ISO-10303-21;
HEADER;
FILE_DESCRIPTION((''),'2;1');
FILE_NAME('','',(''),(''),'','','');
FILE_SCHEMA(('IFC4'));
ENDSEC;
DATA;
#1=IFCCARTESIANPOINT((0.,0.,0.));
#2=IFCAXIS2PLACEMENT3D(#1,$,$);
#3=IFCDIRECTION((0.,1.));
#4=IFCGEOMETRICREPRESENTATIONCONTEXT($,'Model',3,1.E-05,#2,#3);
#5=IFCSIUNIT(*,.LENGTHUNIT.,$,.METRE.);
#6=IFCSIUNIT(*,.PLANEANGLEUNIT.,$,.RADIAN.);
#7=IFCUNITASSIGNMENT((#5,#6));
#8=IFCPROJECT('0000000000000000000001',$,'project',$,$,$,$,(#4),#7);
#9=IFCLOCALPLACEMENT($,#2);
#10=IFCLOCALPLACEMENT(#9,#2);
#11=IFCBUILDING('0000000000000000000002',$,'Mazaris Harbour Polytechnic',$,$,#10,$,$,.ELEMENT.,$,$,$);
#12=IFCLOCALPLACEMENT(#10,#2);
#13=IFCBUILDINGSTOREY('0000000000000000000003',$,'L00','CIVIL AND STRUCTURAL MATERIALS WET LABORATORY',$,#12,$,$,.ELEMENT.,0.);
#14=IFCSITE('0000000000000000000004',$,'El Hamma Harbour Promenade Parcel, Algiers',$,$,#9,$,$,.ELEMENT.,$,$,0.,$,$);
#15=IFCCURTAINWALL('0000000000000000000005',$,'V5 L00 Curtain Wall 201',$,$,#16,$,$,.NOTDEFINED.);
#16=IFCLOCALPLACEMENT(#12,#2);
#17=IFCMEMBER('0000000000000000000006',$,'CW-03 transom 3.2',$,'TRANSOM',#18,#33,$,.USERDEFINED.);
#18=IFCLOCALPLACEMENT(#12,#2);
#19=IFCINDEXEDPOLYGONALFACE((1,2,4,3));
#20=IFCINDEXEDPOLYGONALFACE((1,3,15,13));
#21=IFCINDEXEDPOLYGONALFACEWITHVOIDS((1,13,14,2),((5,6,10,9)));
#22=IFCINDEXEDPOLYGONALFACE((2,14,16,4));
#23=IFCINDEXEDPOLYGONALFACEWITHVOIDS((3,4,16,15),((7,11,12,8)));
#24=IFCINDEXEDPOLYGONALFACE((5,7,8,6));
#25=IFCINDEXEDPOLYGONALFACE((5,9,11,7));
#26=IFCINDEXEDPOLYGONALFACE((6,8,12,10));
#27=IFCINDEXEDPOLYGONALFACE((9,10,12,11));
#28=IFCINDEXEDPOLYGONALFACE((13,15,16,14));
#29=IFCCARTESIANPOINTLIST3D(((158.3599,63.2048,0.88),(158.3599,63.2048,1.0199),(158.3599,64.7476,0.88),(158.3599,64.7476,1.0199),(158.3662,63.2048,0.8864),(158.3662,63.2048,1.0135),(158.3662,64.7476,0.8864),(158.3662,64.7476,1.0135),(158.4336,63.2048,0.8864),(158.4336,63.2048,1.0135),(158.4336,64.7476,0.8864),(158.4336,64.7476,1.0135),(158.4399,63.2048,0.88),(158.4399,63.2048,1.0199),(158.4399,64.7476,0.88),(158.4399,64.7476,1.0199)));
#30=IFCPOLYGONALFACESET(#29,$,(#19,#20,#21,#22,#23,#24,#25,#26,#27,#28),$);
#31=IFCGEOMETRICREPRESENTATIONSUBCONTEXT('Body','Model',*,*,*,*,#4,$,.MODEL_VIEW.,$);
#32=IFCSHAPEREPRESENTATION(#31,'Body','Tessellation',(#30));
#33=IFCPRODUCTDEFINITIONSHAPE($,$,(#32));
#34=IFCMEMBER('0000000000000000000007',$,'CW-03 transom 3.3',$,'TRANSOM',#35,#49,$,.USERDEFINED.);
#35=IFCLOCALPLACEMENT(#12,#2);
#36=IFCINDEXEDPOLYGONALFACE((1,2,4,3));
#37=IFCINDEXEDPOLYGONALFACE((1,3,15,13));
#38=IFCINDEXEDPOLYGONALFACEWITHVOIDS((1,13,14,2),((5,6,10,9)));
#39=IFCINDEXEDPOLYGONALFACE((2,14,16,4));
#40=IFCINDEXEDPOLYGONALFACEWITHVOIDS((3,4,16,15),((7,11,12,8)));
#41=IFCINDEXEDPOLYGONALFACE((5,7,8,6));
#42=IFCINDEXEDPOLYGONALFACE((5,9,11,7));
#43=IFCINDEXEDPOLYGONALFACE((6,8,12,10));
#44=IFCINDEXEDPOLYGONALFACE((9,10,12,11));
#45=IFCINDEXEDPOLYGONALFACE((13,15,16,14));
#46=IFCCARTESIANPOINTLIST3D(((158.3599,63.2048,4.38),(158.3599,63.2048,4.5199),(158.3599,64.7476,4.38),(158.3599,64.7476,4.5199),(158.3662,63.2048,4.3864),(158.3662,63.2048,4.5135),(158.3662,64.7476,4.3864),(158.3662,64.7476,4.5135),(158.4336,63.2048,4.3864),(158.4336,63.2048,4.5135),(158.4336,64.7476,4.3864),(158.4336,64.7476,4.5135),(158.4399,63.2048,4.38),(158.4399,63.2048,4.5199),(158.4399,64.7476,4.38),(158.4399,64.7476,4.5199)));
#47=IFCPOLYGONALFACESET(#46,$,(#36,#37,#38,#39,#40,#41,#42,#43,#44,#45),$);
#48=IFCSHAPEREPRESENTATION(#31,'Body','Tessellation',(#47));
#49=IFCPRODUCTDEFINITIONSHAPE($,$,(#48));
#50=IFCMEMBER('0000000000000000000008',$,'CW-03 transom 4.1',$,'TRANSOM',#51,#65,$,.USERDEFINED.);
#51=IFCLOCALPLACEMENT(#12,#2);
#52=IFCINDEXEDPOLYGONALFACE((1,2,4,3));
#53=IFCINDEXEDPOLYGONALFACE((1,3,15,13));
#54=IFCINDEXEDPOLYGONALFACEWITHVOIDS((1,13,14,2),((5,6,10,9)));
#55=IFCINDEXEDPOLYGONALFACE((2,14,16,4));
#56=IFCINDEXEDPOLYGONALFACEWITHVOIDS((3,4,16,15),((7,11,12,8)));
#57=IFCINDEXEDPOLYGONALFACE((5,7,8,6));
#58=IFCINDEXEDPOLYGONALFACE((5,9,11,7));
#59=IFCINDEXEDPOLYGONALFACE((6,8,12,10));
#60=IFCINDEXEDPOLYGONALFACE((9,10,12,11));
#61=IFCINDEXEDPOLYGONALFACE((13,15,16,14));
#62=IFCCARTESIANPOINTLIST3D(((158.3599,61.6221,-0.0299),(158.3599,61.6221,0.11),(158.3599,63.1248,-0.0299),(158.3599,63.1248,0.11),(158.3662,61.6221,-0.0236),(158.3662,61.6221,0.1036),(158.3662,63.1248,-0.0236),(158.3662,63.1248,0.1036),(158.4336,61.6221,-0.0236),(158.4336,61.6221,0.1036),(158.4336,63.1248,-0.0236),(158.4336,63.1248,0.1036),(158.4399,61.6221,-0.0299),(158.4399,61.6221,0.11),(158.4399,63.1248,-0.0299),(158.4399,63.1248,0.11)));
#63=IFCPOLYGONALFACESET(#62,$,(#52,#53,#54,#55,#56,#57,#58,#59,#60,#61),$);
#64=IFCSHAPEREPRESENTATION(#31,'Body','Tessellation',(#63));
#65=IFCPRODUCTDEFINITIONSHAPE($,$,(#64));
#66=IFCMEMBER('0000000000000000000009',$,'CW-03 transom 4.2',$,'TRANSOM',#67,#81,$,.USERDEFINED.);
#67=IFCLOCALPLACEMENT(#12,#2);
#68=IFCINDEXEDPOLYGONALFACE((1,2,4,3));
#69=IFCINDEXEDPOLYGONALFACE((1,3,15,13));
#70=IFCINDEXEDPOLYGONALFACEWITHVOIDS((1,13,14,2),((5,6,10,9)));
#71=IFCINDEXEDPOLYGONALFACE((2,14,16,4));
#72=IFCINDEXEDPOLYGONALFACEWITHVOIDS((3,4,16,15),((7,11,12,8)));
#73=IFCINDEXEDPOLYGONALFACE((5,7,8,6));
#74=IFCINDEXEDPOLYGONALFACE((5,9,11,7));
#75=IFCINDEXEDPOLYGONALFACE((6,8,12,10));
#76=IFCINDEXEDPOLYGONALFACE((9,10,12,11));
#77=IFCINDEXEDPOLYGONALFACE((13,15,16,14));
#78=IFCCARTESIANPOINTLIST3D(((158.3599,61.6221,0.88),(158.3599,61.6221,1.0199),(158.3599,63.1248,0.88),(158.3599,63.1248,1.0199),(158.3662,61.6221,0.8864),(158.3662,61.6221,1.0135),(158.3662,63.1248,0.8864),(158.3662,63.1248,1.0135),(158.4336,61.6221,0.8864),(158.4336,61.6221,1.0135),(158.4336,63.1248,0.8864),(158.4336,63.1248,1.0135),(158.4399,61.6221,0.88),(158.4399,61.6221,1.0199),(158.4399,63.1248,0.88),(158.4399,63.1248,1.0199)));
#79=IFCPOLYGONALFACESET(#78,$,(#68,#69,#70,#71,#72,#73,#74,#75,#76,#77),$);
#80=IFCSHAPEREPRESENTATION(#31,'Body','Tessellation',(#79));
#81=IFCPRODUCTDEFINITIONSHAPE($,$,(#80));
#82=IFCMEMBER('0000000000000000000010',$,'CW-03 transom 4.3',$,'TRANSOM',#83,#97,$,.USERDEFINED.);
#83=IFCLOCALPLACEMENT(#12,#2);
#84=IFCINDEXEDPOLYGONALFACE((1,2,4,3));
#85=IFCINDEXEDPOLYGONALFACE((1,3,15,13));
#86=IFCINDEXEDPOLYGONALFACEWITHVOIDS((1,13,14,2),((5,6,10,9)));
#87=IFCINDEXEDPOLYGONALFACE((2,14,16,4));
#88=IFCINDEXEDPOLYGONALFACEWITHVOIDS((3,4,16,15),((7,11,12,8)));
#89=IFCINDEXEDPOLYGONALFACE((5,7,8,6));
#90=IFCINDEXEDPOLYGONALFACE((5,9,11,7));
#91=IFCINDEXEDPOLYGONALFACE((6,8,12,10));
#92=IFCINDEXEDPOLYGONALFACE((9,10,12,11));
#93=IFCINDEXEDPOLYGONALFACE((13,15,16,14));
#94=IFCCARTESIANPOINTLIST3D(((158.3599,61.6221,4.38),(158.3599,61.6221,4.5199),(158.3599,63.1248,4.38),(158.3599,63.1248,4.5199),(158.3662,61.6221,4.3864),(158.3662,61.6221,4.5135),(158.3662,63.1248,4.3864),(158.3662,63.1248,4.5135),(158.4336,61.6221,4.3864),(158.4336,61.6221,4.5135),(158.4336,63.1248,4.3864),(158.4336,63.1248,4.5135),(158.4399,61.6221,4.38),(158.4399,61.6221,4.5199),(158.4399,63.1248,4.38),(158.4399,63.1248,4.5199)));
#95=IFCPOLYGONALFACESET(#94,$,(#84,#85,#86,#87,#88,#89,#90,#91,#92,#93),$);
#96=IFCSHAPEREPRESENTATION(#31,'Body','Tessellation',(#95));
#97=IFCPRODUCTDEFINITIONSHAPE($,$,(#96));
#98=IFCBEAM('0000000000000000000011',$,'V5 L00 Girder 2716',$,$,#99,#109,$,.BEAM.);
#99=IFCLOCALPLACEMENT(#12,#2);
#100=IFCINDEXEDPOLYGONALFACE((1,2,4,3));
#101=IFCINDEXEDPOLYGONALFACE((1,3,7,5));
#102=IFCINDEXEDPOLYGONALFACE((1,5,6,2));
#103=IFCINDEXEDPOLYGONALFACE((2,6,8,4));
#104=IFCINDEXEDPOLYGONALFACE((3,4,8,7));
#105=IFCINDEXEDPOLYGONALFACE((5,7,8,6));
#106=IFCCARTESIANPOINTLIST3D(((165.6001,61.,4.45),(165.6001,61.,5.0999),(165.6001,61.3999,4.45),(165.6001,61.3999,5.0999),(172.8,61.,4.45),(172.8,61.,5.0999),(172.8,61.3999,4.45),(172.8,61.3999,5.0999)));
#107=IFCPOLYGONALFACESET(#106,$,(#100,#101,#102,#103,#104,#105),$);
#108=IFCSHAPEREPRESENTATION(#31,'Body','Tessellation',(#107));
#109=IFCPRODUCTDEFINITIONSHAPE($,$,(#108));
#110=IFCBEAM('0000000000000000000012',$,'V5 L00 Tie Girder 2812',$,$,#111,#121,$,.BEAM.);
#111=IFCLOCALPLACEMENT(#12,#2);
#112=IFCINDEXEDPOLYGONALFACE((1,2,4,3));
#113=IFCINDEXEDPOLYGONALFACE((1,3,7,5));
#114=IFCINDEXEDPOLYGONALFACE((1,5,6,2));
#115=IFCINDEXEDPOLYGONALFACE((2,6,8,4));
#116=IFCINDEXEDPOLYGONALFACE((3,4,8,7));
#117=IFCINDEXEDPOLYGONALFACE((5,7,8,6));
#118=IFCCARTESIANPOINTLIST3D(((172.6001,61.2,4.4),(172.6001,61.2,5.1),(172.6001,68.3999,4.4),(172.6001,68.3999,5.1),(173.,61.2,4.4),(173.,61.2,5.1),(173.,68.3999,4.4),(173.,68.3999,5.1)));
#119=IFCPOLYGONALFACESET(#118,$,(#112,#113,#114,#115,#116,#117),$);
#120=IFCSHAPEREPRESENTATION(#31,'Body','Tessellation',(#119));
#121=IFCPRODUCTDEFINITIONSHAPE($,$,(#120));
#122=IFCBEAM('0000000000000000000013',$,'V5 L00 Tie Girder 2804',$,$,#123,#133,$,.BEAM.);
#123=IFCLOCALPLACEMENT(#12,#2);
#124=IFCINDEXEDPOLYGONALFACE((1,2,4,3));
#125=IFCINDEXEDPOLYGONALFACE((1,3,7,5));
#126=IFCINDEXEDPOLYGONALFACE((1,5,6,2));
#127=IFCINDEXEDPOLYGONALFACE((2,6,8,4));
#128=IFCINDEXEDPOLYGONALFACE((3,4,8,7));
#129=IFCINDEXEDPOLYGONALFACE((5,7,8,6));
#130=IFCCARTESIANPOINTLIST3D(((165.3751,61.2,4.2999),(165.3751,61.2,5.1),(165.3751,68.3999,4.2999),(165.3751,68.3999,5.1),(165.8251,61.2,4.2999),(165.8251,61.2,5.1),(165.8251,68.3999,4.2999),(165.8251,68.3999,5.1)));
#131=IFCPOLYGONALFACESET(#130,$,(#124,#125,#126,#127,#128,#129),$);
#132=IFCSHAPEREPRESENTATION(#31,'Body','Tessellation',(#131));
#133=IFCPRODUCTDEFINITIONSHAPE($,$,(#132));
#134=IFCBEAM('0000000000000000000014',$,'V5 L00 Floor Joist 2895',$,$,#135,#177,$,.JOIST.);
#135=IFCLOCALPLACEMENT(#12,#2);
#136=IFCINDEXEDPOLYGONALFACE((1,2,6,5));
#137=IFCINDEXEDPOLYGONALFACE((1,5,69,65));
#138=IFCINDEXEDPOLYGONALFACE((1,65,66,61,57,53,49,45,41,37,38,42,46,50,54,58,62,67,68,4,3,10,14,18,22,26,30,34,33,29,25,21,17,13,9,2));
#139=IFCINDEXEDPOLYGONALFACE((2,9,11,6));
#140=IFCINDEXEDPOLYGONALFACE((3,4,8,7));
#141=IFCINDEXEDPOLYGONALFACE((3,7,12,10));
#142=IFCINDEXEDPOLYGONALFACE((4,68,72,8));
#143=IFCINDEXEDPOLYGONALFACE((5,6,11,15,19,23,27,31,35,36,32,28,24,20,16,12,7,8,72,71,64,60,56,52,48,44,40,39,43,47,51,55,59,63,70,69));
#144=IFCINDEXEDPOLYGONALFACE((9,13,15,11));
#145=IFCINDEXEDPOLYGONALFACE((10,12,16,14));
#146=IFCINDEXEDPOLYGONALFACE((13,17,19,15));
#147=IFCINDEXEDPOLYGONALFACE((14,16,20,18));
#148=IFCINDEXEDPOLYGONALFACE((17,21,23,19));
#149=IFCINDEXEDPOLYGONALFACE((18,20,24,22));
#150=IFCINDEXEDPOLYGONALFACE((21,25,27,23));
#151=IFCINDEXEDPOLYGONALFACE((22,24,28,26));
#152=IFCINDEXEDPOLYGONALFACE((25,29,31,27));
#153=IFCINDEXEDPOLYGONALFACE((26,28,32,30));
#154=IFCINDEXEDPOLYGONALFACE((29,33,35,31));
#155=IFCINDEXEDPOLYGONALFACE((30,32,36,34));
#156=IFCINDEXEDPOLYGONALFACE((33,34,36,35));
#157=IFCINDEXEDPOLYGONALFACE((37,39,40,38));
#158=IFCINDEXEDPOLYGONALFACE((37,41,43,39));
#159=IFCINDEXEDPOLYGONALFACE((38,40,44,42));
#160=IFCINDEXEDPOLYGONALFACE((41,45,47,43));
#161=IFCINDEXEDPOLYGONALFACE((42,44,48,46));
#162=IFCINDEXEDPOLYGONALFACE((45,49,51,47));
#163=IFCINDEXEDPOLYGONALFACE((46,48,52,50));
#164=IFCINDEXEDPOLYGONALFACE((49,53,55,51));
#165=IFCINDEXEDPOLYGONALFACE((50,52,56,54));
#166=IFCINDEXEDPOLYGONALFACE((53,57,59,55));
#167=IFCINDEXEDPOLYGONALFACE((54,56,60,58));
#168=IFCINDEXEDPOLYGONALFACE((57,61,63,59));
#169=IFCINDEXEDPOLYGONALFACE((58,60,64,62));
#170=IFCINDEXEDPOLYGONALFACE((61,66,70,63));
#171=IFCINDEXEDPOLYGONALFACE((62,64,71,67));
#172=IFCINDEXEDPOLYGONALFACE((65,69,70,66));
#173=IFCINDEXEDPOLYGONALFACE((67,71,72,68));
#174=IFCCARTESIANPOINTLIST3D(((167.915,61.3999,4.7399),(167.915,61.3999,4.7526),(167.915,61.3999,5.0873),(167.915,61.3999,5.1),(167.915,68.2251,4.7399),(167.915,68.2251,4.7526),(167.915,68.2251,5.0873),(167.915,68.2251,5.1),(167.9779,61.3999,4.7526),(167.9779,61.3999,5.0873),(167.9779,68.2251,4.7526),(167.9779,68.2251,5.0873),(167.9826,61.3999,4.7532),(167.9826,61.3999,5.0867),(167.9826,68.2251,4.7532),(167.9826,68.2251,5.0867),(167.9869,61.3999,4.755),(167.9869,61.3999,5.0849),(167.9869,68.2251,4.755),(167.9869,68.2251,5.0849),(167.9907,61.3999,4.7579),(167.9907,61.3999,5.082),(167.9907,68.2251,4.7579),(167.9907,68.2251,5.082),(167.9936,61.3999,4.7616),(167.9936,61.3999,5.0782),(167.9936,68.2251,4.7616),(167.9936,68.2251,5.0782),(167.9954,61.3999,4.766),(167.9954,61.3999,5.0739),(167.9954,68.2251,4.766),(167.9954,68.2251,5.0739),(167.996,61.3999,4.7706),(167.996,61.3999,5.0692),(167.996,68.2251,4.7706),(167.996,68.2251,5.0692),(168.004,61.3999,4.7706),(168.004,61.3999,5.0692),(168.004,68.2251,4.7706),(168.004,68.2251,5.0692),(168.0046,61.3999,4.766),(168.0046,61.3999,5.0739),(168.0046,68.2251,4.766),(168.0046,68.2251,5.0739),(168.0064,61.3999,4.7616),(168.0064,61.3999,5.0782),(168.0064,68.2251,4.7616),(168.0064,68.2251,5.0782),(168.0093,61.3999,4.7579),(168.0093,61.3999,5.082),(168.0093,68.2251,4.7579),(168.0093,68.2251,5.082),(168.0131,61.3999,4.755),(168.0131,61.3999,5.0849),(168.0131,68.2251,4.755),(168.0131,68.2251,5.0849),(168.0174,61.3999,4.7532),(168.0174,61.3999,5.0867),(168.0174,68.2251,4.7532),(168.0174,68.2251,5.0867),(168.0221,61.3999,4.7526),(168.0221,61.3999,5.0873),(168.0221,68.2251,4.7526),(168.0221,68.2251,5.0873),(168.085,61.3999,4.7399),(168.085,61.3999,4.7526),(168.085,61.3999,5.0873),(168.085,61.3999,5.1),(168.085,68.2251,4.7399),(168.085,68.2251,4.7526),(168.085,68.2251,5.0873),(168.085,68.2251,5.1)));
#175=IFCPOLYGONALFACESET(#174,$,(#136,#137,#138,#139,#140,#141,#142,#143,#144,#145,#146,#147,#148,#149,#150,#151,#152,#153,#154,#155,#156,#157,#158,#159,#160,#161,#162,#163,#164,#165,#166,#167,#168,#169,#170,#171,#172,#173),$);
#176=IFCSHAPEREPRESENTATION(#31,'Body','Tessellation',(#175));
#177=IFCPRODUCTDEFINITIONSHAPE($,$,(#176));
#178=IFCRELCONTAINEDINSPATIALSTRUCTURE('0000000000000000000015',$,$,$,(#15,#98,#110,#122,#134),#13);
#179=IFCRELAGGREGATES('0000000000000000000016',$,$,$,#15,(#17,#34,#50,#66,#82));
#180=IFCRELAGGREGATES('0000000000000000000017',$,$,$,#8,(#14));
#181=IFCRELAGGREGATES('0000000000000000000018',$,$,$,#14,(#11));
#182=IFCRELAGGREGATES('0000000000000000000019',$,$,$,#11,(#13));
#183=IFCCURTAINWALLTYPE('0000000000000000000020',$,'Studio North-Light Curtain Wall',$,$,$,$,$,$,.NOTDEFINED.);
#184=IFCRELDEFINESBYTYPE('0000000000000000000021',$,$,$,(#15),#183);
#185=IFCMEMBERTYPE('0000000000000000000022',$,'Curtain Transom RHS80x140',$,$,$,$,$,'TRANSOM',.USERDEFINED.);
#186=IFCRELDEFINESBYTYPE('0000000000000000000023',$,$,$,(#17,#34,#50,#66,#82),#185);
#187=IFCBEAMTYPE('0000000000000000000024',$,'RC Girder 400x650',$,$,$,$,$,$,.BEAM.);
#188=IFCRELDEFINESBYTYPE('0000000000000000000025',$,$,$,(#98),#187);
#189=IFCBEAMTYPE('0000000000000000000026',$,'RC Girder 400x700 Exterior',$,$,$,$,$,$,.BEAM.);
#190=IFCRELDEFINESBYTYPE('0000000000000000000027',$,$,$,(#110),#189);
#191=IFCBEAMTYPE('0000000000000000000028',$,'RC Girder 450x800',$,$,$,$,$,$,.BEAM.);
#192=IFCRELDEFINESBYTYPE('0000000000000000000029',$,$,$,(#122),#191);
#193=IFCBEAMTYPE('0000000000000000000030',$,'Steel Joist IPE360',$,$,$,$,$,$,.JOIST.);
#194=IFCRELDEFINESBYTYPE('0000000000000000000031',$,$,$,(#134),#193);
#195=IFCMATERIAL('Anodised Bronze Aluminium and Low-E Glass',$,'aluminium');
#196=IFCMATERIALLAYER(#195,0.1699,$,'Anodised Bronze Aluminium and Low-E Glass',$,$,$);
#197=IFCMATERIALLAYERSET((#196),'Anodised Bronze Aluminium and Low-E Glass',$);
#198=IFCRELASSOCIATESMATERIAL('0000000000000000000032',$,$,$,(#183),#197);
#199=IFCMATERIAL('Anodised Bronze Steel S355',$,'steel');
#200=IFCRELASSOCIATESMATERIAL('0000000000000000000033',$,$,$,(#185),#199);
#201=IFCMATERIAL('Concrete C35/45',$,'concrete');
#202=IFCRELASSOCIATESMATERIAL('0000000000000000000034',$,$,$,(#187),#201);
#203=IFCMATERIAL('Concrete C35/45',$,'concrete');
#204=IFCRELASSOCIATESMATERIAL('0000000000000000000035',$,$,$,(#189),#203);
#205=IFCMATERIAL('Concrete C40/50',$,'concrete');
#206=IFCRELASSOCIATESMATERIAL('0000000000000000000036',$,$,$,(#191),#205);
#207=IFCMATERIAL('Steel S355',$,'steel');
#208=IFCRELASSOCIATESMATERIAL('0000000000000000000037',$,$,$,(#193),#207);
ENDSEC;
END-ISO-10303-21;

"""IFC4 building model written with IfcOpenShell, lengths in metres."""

from ifc_helpers import new_model, si_unit, direction, frame, origin, origin_2d, place, context, subcontext, project, spatial, rectangle, hollow_rectangle, i_section, extrude, material, layer, layer_set, material_profile, profile_set, type_object, element, aggregate, save


model = new_model("IFC4")

# Units and contexts
model_context = context("Model", 3, precision=1e-05, world=origin(), true_north=direction((0.0, 1.0)))
body_context = subcontext(model_context, "Body", "Model", "MODEL_VIEW")
ifc_project = project(units=[si_unit("LENGTHUNIT", "METRE"), si_unit("PLANEANGLEUNIT", "RADIAN")], contexts=[model_context])

# Site, building, storey
site_placement = place(None, origin())
site = spatial("IfcSite", under=ifc_project, at=site_placement, Name="El Hamma Harbour Promenade Parcel, Algiers", CompositionType="ELEMENT", RefElevation=0.0)
building_placement = place(site_placement, origin())
building = spatial("IfcBuilding", under=site, at=building_placement, Name="Mazaris Harbour Polytechnic", CompositionType="ELEMENT")
storey_placement = place(building_placement, origin())
storey = spatial("IfcBuildingStorey", under=building, at=storey_placement, Name="L00", Description="CIVIL AND STRUCTURAL MATERIALS WET LABORATORY", CompositionType="ELEMENT", Elevation=0.0)

# Curtain wall, members
ifc_material_1 = material(Name="Anodised Bronze Aluminium and Low-E Glass", Category="aluminium")
ifc_layer_1 = layer(ifc_material_1, 0.1699, Name="Anodised Bronze Aluminium and Low-E Glass")
ifc_layer_set_1 = layer_set([ifc_layer_1], Name="Anodised Bronze Aluminium and Low-E Glass")
curtain_wall_type = type_object("IfcCurtainWallType", Name="Studio North-Light Curtain Wall", PredefinedType="NOTDEFINED", material=ifc_layer_set_1)
curtain_wall_placement = place(storey_placement, origin())
curtain_wall = element("IfcCurtainWall", 1, at=curtain_wall_placement, inside=storey, type_object=curtain_wall_type, Name="V5 L00 Curtain Wall 201", PredefinedType="NOTDEFINED")
ifc_material_2 = material(Name="Anodised Bronze Steel S355", Category="steel")
ifc_material_profile_1 = material_profile(ifc_material_2, hollow_rectangle(XDim=0.0801, YDim=0.1399, WallThickness=0.0063, at=origin_2d()), Name="RHS 80x140x6.3")
ifc_profile_set_1 = profile_set([ifc_material_profile_1], Name="Anodised Bronze Steel S355")
member_type_1 = type_object("IfcMemberType", Name="Curtain Transom RHS80x140", ElementType="TRANSOM", PredefinedType="USERDEFINED", material=ifc_profile_set_1)
member_1_placement = place(storey_placement, frame((158.3999, 64.7476, 0.95), z_axis=(0.0, -1.0, 0.0), x_axis=(1.0, 0.0, 0.0)))
member_1 = element("IfcMember", 2, at=member_1_placement, type_object=member_type_1, Name="CW-03 transom 3.2", ObjectType="TRANSOM", PredefinedType="USERDEFINED", context=body_context, shape_type="SweptSolid", body=[
    extrude(hollow_rectangle(XDim=0.0801, YDim=0.1399, WallThickness=0.0063, at=origin_2d()), origin(), (0.0, 0.0, 1.0), 1.5427),
])
member_2_placement = place(storey_placement, frame((158.3999, 64.7476, 4.45), z_axis=(0.0, -1.0, 0.0), x_axis=(1.0, 0.0, 0.0)))
member_2 = element("IfcMember", 3, at=member_2_placement, type_object=member_type_1, Name="CW-03 transom 3.3", ObjectType="TRANSOM", PredefinedType="USERDEFINED", context=body_context, shape_type="SweptSolid", body=[
    extrude(hollow_rectangle(XDim=0.0801, YDim=0.1399, WallThickness=0.0063, at=origin_2d()), origin(), (0.0, 0.0, 1.0), 1.5427),
])
member_3_placement = place(storey_placement, frame((158.3999, 63.1248, 0.04), z_axis=(0.0, -1.0, 0.0), x_axis=(1.0, 0.0, 0.0)))
member_3 = element("IfcMember", 4, at=member_3_placement, type_object=member_type_1, Name="CW-03 transom 4.1", ObjectType="TRANSOM", PredefinedType="USERDEFINED", context=body_context, shape_type="SweptSolid", body=[
    extrude(hollow_rectangle(XDim=0.0801, YDim=0.1399, WallThickness=0.0063, at=origin_2d()), origin(), (0.0, 0.0, 1.0), 1.5027),
])
member_4_placement = place(storey_placement, frame((158.3999, 63.1248, 0.95), z_axis=(0.0, -1.0, 0.0), x_axis=(1.0, 0.0, 0.0)))
member_4 = element("IfcMember", 5, at=member_4_placement, type_object=member_type_1, Name="CW-03 transom 4.2", ObjectType="TRANSOM", PredefinedType="USERDEFINED", context=body_context, shape_type="SweptSolid", body=[
    extrude(hollow_rectangle(XDim=0.0801, YDim=0.1399, WallThickness=0.0063, at=origin_2d()), origin(), (0.0, 0.0, 1.0), 1.5027),
])
member_5_placement = place(storey_placement, frame((158.3999, 63.1248, 4.45), z_axis=(0.0, -1.0, 0.0), x_axis=(1.0, 0.0, 0.0)))
member_5 = element("IfcMember", 6, at=member_5_placement, type_object=member_type_1, Name="CW-03 transom 4.3", ObjectType="TRANSOM", PredefinedType="USERDEFINED", context=body_context, shape_type="SweptSolid", body=[
    extrude(hollow_rectangle(XDim=0.0801, YDim=0.1399, WallThickness=0.0063, at=origin_2d()), origin(), (0.0, 0.0, 1.0), 1.5027),
])

# Beams
ifc_material_3 = material(Name="Concrete C35/45", Category="concrete")
ifc_material_profile_2 = material_profile(ifc_material_3, rectangle(XDim=0.3999, YDim=0.6499, at=origin_2d()), Name="RECT400x650")
ifc_profile_set_2 = profile_set([ifc_material_profile_2], Name="Concrete C35/45")
beam_type_1 = type_object("IfcBeamType", Name="RC Girder 400x650", PredefinedType="BEAM", material=ifc_profile_set_2)
beam_1_placement = place(storey_placement, frame((165.6001, 61.2, 4.7749), z_axis=(1.0, 0.0, 0.0), x_axis=(0.0, 1.0, 0.0)))
element("IfcBeam", 7, at=beam_1_placement, inside=storey, type_object=beam_type_1, Name="V5 L00 Girder 2716", PredefinedType="BEAM", context=body_context, shape_type="SweptSolid", body=[
    extrude(rectangle(XDim=0.3999, YDim=0.6499, at=origin_2d()), origin(), (0.0, 0.0, 1.0), 7.2),
])
ifc_material_4 = material(Name="Concrete C35/45", Category="concrete")
ifc_material_profile_3 = material_profile(ifc_material_4, rectangle(XDim=0.3999, YDim=0.7, at=origin_2d()), Name="RECT400x700")
ifc_profile_set_3 = profile_set([ifc_material_profile_3], Name="Concrete C35/45")
beam_type_2 = type_object("IfcBeamType", Name="RC Girder 400x700 Exterior", PredefinedType="BEAM", material=ifc_profile_set_3)
beam_2_placement = place(storey_placement, frame((172.8, 61.2, 4.75), z_axis=(0.0, 1.0, 0.0), x_axis=(-1.0, 0.0, 0.0)))
element("IfcBeam", 8, at=beam_2_placement, inside=storey, type_object=beam_type_2, Name="V5 L00 Tie Girder 2812", PredefinedType="BEAM", context=body_context, shape_type="SweptSolid", body=[
    extrude(rectangle(XDim=0.3999, YDim=0.7, at=origin_2d()), origin(), (0.0, 0.0, 1.0), 7.2),
])
ifc_material_5 = material(Name="Concrete C40/50", Category="concrete")
ifc_material_profile_4 = material_profile(ifc_material_5, rectangle(XDim=0.45, YDim=0.8, at=origin_2d()), Name="RECT450x800")
ifc_profile_set_4 = profile_set([ifc_material_profile_4], Name="Concrete C40/50")
beam_type_3 = type_object("IfcBeamType", Name="RC Girder 450x800", PredefinedType="BEAM", material=ifc_profile_set_4)
beam_3_placement = place(storey_placement, frame((165.6001, 61.2, 4.7), z_axis=(0.0, 1.0, 0.0), x_axis=(-1.0, 0.0, 0.0)))
element("IfcBeam", 9, at=beam_3_placement, inside=storey, type_object=beam_type_3, Name="V5 L00 Tie Girder 2804", PredefinedType="BEAM", context=body_context, shape_type="SweptSolid", body=[
    extrude(rectangle(XDim=0.45, YDim=0.8, at=origin_2d()), origin(), (0.0, 0.0, 1.0), 7.2),
])
ifc_material_6 = material(Name="Steel S355", Category="steel")
ifc_material_profile_5 = material_profile(ifc_material_6, i_section(OverallWidth=0.1699, OverallDepth=0.3601, WebThickness=0.0081, FlangeThickness=0.0127, FilletRadius=0.0181, at=origin_2d()), Name="IPE 360")
ifc_profile_set_5 = profile_set([ifc_material_profile_5], Name="Steel S355")
beam_type_4 = type_object("IfcBeamType", Name="Steel Joist IPE360", PredefinedType="JOIST", material=ifc_profile_set_5)
beam_4_placement = place(storey_placement, frame((168.0, 61.3999, 4.9199), z_axis=(0.0, 1.0, 0.0), x_axis=(-1.0, 0.0, 0.0)))
element("IfcBeam", 10, at=beam_4_placement, inside=storey, type_object=beam_type_4, Name="V5 L00 Floor Joist 2895", PredefinedType="JOIST", context=body_context, shape_type="SweptSolid", body=[
    extrude(i_section(OverallWidth=0.1699, OverallDepth=0.3601, WebThickness=0.0081, FlangeThickness=0.0127, FilletRadius=0.0181, at=origin_2d()), origin(), (0.0, 0.0, 1.0), 6.8252),
])

aggregate(curtain_wall, [member_1, member_2, member_3, member_4, member_5])

save(model, "model.ifc")
